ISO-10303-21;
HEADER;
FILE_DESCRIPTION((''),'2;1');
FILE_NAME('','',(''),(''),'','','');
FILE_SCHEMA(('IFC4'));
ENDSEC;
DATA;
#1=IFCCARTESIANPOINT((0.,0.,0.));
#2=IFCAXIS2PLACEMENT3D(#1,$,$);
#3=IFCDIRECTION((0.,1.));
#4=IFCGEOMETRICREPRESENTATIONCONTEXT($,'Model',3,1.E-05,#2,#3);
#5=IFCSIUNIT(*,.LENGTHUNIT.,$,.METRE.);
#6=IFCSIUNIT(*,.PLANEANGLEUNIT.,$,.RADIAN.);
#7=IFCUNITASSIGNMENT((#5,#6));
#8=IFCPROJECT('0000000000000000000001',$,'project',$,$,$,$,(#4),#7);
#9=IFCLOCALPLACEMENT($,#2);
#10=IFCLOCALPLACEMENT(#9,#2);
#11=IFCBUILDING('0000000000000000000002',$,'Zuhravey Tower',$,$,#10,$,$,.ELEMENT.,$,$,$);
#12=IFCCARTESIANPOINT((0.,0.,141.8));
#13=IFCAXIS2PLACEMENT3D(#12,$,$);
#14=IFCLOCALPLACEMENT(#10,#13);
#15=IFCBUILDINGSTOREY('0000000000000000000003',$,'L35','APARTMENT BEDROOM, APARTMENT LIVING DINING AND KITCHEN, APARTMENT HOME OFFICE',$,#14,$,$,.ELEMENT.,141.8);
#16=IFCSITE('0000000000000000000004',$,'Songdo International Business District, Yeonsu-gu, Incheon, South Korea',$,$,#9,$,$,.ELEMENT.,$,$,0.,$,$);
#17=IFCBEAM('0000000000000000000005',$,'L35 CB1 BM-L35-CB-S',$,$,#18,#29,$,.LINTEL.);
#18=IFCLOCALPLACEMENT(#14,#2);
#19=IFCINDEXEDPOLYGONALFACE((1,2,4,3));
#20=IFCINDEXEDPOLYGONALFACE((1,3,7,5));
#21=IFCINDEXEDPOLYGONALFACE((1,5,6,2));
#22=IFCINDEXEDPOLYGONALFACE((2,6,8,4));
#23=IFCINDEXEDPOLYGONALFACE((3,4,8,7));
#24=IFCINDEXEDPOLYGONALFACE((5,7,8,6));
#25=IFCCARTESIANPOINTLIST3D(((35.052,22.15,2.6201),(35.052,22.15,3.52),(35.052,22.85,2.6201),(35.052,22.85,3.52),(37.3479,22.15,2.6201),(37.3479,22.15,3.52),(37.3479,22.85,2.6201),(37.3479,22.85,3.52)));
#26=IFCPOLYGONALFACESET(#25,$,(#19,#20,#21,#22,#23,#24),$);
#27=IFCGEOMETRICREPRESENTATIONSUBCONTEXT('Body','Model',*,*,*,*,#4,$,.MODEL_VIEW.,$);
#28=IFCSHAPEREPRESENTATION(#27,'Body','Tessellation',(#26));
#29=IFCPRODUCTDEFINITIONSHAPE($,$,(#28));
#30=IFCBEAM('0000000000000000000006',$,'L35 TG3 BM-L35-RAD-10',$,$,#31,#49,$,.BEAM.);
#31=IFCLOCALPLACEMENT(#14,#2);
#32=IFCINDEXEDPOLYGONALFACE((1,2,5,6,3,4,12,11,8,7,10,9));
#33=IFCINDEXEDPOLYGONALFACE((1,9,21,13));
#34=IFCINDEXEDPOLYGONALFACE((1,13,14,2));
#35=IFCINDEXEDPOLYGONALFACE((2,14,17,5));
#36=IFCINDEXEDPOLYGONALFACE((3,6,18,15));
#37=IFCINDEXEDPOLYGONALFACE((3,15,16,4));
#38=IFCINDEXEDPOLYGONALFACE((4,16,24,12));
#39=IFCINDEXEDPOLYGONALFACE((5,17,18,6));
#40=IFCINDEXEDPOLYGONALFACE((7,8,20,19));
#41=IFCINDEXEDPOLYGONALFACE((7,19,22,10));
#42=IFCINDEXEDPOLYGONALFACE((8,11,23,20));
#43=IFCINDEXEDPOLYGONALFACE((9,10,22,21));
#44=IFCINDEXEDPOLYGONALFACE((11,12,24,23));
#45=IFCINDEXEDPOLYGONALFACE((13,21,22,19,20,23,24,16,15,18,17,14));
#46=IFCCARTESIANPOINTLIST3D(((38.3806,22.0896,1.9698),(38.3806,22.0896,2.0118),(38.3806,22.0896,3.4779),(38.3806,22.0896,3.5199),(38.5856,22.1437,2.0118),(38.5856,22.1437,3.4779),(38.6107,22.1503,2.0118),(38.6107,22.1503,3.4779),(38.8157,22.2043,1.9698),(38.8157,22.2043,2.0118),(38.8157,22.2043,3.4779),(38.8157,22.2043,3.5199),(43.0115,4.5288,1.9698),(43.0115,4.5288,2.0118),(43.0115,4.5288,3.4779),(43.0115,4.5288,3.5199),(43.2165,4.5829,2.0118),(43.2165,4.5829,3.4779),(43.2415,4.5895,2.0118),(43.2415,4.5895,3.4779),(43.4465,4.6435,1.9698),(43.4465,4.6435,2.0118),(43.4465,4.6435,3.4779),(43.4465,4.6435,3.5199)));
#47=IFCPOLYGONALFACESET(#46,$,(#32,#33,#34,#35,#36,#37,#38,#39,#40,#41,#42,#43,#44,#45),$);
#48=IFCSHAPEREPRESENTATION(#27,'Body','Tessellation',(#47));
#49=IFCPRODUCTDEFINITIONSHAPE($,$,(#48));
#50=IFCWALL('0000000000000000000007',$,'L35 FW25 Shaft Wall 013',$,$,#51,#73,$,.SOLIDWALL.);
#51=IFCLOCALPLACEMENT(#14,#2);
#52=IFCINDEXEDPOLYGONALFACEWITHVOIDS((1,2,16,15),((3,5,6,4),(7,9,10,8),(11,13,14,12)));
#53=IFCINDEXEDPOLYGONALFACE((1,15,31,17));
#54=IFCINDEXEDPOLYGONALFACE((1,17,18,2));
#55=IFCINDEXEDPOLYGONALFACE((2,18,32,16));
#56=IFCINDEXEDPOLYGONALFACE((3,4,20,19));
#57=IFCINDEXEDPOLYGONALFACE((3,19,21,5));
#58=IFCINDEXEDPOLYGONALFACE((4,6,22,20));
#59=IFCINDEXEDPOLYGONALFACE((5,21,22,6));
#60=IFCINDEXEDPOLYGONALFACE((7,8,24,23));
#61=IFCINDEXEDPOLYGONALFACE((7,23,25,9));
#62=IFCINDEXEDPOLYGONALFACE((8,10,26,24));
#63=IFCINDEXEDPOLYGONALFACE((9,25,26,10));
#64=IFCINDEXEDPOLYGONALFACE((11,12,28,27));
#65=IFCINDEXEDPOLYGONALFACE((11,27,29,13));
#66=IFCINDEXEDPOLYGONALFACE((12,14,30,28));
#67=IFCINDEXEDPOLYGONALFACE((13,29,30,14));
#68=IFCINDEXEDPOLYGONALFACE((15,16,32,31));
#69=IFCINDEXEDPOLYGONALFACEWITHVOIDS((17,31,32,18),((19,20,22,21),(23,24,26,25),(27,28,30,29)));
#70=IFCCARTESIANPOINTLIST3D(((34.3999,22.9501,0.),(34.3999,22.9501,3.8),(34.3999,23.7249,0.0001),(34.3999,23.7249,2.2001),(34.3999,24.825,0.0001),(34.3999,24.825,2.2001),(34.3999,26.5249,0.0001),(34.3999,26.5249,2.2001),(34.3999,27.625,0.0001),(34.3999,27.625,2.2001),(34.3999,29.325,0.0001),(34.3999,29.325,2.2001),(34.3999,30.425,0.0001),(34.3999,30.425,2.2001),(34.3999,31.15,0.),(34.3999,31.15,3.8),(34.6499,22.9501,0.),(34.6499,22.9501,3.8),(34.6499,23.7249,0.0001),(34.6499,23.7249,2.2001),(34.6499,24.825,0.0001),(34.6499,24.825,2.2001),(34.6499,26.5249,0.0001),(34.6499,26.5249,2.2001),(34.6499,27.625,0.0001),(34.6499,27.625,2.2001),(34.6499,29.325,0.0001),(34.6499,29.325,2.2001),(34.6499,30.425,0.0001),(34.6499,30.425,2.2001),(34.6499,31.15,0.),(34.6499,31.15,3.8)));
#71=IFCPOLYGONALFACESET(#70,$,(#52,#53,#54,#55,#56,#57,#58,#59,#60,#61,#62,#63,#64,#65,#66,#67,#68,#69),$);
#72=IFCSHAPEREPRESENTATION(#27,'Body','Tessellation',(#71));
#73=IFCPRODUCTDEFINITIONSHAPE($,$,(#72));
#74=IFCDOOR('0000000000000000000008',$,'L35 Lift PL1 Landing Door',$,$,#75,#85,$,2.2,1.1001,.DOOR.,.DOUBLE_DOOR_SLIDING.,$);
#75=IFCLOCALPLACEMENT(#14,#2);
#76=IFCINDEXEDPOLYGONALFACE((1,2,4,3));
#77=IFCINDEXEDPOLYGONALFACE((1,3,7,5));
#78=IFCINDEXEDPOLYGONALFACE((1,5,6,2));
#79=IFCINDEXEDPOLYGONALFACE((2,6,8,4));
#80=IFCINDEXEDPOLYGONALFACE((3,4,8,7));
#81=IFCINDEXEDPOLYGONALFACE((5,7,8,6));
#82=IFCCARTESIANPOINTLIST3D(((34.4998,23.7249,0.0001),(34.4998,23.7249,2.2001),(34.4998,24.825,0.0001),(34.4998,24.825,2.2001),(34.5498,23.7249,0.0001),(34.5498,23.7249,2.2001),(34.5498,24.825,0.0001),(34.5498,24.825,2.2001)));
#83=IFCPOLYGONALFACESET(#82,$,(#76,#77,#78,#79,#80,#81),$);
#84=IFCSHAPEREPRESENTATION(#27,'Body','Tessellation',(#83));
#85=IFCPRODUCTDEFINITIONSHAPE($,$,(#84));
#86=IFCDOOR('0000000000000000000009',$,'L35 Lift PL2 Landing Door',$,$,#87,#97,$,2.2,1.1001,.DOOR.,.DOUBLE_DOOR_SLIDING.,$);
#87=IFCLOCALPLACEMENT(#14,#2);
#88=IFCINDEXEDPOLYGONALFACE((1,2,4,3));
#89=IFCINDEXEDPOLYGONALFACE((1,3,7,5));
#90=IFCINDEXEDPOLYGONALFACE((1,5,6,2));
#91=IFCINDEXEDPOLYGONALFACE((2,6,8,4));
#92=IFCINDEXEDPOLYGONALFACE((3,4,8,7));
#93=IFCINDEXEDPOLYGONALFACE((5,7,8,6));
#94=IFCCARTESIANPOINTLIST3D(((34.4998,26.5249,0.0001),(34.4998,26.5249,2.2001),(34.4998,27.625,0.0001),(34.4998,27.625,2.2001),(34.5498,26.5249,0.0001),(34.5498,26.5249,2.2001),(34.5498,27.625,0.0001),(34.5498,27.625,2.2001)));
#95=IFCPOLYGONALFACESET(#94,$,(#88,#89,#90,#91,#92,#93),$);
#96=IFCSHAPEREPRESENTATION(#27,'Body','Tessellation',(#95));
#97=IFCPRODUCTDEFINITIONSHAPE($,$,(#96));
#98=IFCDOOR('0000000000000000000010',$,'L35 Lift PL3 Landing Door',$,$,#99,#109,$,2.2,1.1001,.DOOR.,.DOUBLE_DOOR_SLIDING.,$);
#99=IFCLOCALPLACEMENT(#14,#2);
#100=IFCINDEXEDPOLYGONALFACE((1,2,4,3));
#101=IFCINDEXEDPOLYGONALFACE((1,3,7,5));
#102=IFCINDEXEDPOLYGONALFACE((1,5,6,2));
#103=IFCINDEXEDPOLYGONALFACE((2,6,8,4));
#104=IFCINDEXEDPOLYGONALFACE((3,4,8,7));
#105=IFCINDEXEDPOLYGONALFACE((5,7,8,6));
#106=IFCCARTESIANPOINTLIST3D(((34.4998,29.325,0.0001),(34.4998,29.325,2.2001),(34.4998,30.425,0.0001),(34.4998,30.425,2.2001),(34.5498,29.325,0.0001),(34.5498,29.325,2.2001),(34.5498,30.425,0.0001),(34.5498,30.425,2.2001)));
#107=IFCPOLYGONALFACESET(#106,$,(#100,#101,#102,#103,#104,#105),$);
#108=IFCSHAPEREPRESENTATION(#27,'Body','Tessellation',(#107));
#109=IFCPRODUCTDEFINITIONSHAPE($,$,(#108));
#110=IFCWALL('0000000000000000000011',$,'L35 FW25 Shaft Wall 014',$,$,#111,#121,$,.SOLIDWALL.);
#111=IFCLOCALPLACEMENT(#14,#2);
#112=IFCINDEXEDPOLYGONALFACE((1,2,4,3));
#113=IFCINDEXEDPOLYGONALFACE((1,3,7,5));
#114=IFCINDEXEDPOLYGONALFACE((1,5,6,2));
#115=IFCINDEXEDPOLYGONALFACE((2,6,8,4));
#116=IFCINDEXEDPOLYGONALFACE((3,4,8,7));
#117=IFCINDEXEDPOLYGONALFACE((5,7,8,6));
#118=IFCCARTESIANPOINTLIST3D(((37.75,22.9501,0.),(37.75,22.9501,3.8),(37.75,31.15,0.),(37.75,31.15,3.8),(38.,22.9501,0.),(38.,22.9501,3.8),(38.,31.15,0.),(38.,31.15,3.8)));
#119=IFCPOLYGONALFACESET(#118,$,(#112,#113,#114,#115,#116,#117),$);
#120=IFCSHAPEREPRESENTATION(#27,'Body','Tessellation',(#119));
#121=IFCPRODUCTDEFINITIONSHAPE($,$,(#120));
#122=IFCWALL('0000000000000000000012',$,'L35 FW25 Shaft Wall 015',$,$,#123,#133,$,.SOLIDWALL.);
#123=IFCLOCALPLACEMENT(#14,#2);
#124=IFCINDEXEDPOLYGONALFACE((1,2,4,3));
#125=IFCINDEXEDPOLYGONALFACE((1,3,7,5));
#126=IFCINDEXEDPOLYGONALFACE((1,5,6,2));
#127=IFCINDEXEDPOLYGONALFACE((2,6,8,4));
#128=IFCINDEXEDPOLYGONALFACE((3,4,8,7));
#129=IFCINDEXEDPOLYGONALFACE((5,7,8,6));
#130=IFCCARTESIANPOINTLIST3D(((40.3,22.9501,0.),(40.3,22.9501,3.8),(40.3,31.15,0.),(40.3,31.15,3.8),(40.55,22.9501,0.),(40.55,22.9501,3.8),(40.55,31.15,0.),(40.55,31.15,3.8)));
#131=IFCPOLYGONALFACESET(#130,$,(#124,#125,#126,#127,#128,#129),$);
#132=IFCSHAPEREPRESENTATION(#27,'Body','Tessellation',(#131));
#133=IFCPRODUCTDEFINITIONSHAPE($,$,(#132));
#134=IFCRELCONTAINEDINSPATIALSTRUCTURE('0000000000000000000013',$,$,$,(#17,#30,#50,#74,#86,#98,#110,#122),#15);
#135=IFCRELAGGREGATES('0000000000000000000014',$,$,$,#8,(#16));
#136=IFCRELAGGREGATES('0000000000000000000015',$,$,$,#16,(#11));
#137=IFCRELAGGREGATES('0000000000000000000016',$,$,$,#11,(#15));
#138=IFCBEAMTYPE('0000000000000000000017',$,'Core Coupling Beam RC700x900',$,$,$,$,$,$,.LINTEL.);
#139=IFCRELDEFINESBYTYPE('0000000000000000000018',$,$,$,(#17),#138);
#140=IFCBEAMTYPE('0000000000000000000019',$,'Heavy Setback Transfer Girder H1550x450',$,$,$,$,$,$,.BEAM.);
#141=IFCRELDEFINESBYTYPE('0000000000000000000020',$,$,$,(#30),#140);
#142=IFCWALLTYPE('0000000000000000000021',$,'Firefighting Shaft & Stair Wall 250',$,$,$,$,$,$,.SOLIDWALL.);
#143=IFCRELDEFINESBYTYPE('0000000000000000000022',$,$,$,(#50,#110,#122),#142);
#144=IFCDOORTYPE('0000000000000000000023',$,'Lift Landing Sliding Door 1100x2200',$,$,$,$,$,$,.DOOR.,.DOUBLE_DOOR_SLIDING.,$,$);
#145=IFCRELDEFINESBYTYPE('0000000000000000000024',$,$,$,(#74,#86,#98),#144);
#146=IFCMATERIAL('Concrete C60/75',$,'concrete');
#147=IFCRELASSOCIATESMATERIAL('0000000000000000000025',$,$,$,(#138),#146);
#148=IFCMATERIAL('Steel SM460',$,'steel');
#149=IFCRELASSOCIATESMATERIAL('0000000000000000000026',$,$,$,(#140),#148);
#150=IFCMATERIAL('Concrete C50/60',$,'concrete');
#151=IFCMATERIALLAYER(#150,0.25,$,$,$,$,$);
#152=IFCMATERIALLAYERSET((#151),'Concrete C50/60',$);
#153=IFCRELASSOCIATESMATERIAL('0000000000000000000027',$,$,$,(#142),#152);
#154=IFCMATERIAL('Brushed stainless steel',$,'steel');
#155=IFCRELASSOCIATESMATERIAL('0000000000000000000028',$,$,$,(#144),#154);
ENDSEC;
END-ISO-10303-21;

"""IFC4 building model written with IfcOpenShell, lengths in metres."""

from ifc_helpers import new_model, si_unit, direction, frame, frame_2d, origin, origin_2d, place, context, subcontext, project, spatial, rectangle, i_section, extrude, material, layer, layer_set, material_profile, profile_set, type_object, element, fill, save


model = new_model("IFC4")

# Units and contexts
model_context = context("Model", 3, precision=1e-05, world=origin(), true_north=direction((0.0, 1.0)))
body_context = subcontext(model_context, "Body", "Model", "MODEL_VIEW")
ifc_project = project(units=[si_unit("LENGTHUNIT", "METRE"), si_unit("PLANEANGLEUNIT", "RADIAN")], contexts=[model_context])

# Site, building, storey
site_placement = place(None, origin())
site = spatial("IfcSite", under=ifc_project, at=site_placement, Name="Songdo International Business District, Yeonsu-gu, Incheon, South Korea", CompositionType="ELEMENT", RefElevation=0.0)
building_placement = place(site_placement, origin())
building = spatial("IfcBuilding", under=site, at=building_placement, Name="Zuhravey Tower", CompositionType="ELEMENT")
storey_placement = place(building_placement, frame((0.0, 0.0, 141.8)))
storey = spatial("IfcBuildingStorey", under=building, at=storey_placement, Name="L35", Description="APARTMENT BEDROOM, APARTMENT LIVING DINING AND KITCHEN, APARTMENT HOME OFFICE", CompositionType="ELEMENT", Elevation=141.8)

# Beams
ifc_material_1 = material(Name="Concrete C60/75", Category="concrete")
ifc_material_profile_1 = material_profile(ifc_material_1, rectangle(XDim=0.7, YDim=0.8999, at=origin_2d()), Name="RC-700x900")
ifc_profile_set_1 = profile_set([ifc_material_profile_1], Name="Concrete C60/75")
beam_type_1 = type_object("IfcBeamType", Name="Core Coupling Beam RC700x900", PredefinedType="LINTEL", material=ifc_profile_set_1)
beam_1_placement = place(storey_placement, frame((35.052, 22.5, 3.0701), z_axis=(1.0, 0.0, 0.0), x_axis=(0.0, 1.0, 0.0)))
element("IfcBeam", 1, at=beam_1_placement, inside=storey, type_object=beam_type_1, Name="L35 CB1 BM-L35-CB-S", PredefinedType="LINTEL", context=body_context, shape_type="SweptSolid", body=[
    extrude(rectangle(XDim=0.7, YDim=0.8999, at=origin_2d()), origin(), (0.0, 0.0, 1.0), 2.2959),
])
ifc_material_2 = material(Name="Steel SM460", Category="steel")
ifc_material_profile_2 = material_profile(ifc_material_2, i_section(OverallWidth=0.45, OverallDepth=1.55, WebThickness=0.0259, FlangeThickness=0.042, at=origin_2d()), Name="H-1550x450x26x42")
ifc_profile_set_2 = profile_set([ifc_material_profile_2], Name="Steel SM460")
beam_type_2 = type_object("IfcBeamType", Name="Heavy Setback Transfer Girder H1550x450", PredefinedType="BEAM", material=ifc_profile_set_2)
beam_2_placement = place(storey_placement, frame((38.5981, 22.147, 2.7449), z_axis=(0.254988, -0.966944, 0.0), x_axis=(0.966944, 0.254988, 0.0)))
element("IfcBeam", 2, at=beam_2_placement, inside=storey, type_object=beam_type_2, Name="L35 TG3 BM-L35-RAD-10", PredefinedType="BEAM", context=body_context, shape_type="SweptSolid", body=[
    extrude(i_section(OverallWidth=0.45, OverallDepth=1.55, WebThickness=0.0259, FlangeThickness=0.042, at=origin_2d()), origin(), (0.0, 0.0, 1.0), 18.1611),
])

# Shared definitions
ifc_material_3 = material(Name="Concrete C50/60", Category="concrete")
ifc_layer_1 = layer(ifc_material_3, 0.25)
ifc_layer_set_1 = layer_set([ifc_layer_1], Name="Concrete C50/60")
wall_type_1 = type_object("IfcWallType", Name="Firefighting Shaft & Stair Wall 250", PredefinedType="SOLIDWALL", material=ifc_layer_set_1)

# Wall, openings, doors
wall_1_placement = place(storey_placement, frame((34.5249, 22.95, 0.0), z_axis=(0.0, 0.0, 1.0), x_axis=(0.0, 1.0, 0.0)))
wall_1 = element("IfcWall", 3, at=wall_1_placement, inside=storey, type_object=wall_type_1, Name="L35 FW25 Shaft Wall 013", PredefinedType="SOLIDWALL", context=body_context, shape_type="SweptSolid", body=[
    extrude(rectangle(XDim=8.2, YDim=0.25, at=frame_2d((4.1001, 0.0))), origin(), (0.0, 0.0, 1.0), 3.8),
])
opening_1_placement = place(wall_1_placement, frame((0.7749, 0.0, 0.0)))
opening_1 = element("IfcOpeningElement", 4, at=opening_1_placement, cuts=wall_1, PredefinedType="OPENING", context=body_context, shape_type="SweptSolid", body=[
    extrude(rectangle(XDim=1.1001, YDim=2.2, at=frame_2d((0.55, 1.1001))), frame((0.0, 0.137, 0.0), z_axis=(0.0, -1.0, 0.0), x_axis=(1.0, 0.0, 0.0)), (0.0, 0.0, 1.0), 0.2739),
])
opening_2_placement = place(wall_1_placement, frame((3.575, 0.0, 0.0)))
opening_2 = element("IfcOpeningElement", 5, at=opening_2_placement, cuts=wall_1, PredefinedType="OPENING", context=body_context, shape_type="SweptSolid", body=[
    extrude(rectangle(XDim=1.1001, YDim=2.2, at=frame_2d((0.55, 1.1001))), frame((0.0, 0.137, 0.0), z_axis=(0.0, -1.0, 0.0), x_axis=(1.0, 0.0, 0.0)), (0.0, 0.0, 1.0), 0.2739),
])
opening_3_placement = place(wall_1_placement, frame((6.375, 0.0, 0.0)))
opening_3 = element("IfcOpeningElement", 6, at=opening_3_placement, cuts=wall_1, PredefinedType="OPENING", context=body_context, shape_type="SweptSolid", body=[
    extrude(rectangle(XDim=1.1001, YDim=2.2, at=frame_2d((0.55, 1.1001))), frame((0.0, 0.137, 0.0), z_axis=(0.0, -1.0, 0.0), x_axis=(1.0, 0.0, 0.0)), (0.0, 0.0, 1.0), 0.2739),
])
ifc_material_4 = material(Name="Brushed stainless steel", Category="steel")
door_type_1 = type_object("IfcDoorType", Name="Lift Landing Sliding Door 1100x2200", OperationType="DOUBLE_DOOR_SLIDING", PredefinedType="DOOR", material=ifc_material_4)
door_1_placement = place(opening_1_placement, frame((1.1001, 0.0, 0.0), z_axis=(0.0, 0.0, 1.0), x_axis=(-1.0, 0.0, 0.0)))
door_1 = element("IfcDoor", 7, at=door_1_placement, inside=storey, type_object=door_type_1, Name="L35 Lift PL1 Landing Door", OperationType="DOUBLE_DOOR_SLIDING", OverallHeight=2.2, OverallWidth=1.1001, PredefinedType="DOOR", context=body_context, shape_type="SweptSolid", body=[
    extrude(rectangle(XDim=1.1001, YDim=2.2, at=frame_2d((0.55, 1.1001))), frame((0.0, 0.0249, 0.0), z_axis=(0.0, -1.0, 0.0), x_axis=(1.0, 0.0, 0.0)), (0.0, 0.0, 1.0), 0.05),
])
fill(opening_1, door_1)
door_2_placement = place(opening_2_placement, frame((1.1001, 0.0, 0.0), z_axis=(0.0, 0.0, 1.0), x_axis=(-1.0, 0.0, 0.0)))
door_2 = element("IfcDoor", 8, at=door_2_placement, inside=storey, type_object=door_type_1, Name="L35 Lift PL2 Landing Door", OperationType="DOUBLE_DOOR_SLIDING", OverallHeight=2.2, OverallWidth=1.1001, PredefinedType="DOOR", context=body_context, shape_type="SweptSolid", body=[
    extrude(rectangle(XDim=1.1001, YDim=2.2, at=frame_2d((0.55, 1.1001))), frame((0.0, 0.0249, 0.0), z_axis=(0.0, -1.0, 0.0), x_axis=(1.0, 0.0, 0.0)), (0.0, 0.0, 1.0), 0.05),
])
fill(opening_2, door_2)
door_3_placement = place(opening_3_placement, frame((1.1001, 0.0, 0.0), z_axis=(0.0, 0.0, 1.0), x_axis=(-1.0, 0.0, 0.0)))
door_3 = element("IfcDoor", 9, at=door_3_placement, inside=storey, type_object=door_type_1, Name="L35 Lift PL3 Landing Door", OperationType="DOUBLE_DOOR_SLIDING", OverallHeight=2.2, OverallWidth=1.1001, PredefinedType="DOOR", context=body_context, shape_type="SweptSolid", body=[
    extrude(rectangle(XDim=1.1001, YDim=2.2, at=frame_2d((0.55, 1.1001))), frame((0.0, 0.0249, 0.0), z_axis=(0.0, -1.0, 0.0), x_axis=(1.0, 0.0, 0.0)), (0.0, 0.0, 1.0), 0.05),
])
fill(opening_3, door_3)

# Walls
for number, where, z_axis, x_axis, name in (
    (10, (37.875, 22.95, 0.0), (0.0, 0.0, 1.0), (0.0, 1.0, 0.0), "L35 FW25 Shaft Wall 014"),
    (11, (40.425, 22.95, 0.0), (0.0, 0.0, 1.0), (0.0, 1.0, 0.0), "L35 FW25 Shaft Wall 015"),
):
    element("IfcWall", number, at=place(storey_placement, frame(where, z_axis=z_axis, x_axis=x_axis)), inside=storey, type_object=wall_type_1, Name=name, PredefinedType="SOLIDWALL", context=body_context, shape_type="SweptSolid", body=[
        extrude(rectangle(XDim=8.2, YDim=0.25, at=frame_2d((4.1001, 0.0))), origin(), (0.0, 0.0, 1.0), 3.8),
    ])

save(model, "model.ifc")
